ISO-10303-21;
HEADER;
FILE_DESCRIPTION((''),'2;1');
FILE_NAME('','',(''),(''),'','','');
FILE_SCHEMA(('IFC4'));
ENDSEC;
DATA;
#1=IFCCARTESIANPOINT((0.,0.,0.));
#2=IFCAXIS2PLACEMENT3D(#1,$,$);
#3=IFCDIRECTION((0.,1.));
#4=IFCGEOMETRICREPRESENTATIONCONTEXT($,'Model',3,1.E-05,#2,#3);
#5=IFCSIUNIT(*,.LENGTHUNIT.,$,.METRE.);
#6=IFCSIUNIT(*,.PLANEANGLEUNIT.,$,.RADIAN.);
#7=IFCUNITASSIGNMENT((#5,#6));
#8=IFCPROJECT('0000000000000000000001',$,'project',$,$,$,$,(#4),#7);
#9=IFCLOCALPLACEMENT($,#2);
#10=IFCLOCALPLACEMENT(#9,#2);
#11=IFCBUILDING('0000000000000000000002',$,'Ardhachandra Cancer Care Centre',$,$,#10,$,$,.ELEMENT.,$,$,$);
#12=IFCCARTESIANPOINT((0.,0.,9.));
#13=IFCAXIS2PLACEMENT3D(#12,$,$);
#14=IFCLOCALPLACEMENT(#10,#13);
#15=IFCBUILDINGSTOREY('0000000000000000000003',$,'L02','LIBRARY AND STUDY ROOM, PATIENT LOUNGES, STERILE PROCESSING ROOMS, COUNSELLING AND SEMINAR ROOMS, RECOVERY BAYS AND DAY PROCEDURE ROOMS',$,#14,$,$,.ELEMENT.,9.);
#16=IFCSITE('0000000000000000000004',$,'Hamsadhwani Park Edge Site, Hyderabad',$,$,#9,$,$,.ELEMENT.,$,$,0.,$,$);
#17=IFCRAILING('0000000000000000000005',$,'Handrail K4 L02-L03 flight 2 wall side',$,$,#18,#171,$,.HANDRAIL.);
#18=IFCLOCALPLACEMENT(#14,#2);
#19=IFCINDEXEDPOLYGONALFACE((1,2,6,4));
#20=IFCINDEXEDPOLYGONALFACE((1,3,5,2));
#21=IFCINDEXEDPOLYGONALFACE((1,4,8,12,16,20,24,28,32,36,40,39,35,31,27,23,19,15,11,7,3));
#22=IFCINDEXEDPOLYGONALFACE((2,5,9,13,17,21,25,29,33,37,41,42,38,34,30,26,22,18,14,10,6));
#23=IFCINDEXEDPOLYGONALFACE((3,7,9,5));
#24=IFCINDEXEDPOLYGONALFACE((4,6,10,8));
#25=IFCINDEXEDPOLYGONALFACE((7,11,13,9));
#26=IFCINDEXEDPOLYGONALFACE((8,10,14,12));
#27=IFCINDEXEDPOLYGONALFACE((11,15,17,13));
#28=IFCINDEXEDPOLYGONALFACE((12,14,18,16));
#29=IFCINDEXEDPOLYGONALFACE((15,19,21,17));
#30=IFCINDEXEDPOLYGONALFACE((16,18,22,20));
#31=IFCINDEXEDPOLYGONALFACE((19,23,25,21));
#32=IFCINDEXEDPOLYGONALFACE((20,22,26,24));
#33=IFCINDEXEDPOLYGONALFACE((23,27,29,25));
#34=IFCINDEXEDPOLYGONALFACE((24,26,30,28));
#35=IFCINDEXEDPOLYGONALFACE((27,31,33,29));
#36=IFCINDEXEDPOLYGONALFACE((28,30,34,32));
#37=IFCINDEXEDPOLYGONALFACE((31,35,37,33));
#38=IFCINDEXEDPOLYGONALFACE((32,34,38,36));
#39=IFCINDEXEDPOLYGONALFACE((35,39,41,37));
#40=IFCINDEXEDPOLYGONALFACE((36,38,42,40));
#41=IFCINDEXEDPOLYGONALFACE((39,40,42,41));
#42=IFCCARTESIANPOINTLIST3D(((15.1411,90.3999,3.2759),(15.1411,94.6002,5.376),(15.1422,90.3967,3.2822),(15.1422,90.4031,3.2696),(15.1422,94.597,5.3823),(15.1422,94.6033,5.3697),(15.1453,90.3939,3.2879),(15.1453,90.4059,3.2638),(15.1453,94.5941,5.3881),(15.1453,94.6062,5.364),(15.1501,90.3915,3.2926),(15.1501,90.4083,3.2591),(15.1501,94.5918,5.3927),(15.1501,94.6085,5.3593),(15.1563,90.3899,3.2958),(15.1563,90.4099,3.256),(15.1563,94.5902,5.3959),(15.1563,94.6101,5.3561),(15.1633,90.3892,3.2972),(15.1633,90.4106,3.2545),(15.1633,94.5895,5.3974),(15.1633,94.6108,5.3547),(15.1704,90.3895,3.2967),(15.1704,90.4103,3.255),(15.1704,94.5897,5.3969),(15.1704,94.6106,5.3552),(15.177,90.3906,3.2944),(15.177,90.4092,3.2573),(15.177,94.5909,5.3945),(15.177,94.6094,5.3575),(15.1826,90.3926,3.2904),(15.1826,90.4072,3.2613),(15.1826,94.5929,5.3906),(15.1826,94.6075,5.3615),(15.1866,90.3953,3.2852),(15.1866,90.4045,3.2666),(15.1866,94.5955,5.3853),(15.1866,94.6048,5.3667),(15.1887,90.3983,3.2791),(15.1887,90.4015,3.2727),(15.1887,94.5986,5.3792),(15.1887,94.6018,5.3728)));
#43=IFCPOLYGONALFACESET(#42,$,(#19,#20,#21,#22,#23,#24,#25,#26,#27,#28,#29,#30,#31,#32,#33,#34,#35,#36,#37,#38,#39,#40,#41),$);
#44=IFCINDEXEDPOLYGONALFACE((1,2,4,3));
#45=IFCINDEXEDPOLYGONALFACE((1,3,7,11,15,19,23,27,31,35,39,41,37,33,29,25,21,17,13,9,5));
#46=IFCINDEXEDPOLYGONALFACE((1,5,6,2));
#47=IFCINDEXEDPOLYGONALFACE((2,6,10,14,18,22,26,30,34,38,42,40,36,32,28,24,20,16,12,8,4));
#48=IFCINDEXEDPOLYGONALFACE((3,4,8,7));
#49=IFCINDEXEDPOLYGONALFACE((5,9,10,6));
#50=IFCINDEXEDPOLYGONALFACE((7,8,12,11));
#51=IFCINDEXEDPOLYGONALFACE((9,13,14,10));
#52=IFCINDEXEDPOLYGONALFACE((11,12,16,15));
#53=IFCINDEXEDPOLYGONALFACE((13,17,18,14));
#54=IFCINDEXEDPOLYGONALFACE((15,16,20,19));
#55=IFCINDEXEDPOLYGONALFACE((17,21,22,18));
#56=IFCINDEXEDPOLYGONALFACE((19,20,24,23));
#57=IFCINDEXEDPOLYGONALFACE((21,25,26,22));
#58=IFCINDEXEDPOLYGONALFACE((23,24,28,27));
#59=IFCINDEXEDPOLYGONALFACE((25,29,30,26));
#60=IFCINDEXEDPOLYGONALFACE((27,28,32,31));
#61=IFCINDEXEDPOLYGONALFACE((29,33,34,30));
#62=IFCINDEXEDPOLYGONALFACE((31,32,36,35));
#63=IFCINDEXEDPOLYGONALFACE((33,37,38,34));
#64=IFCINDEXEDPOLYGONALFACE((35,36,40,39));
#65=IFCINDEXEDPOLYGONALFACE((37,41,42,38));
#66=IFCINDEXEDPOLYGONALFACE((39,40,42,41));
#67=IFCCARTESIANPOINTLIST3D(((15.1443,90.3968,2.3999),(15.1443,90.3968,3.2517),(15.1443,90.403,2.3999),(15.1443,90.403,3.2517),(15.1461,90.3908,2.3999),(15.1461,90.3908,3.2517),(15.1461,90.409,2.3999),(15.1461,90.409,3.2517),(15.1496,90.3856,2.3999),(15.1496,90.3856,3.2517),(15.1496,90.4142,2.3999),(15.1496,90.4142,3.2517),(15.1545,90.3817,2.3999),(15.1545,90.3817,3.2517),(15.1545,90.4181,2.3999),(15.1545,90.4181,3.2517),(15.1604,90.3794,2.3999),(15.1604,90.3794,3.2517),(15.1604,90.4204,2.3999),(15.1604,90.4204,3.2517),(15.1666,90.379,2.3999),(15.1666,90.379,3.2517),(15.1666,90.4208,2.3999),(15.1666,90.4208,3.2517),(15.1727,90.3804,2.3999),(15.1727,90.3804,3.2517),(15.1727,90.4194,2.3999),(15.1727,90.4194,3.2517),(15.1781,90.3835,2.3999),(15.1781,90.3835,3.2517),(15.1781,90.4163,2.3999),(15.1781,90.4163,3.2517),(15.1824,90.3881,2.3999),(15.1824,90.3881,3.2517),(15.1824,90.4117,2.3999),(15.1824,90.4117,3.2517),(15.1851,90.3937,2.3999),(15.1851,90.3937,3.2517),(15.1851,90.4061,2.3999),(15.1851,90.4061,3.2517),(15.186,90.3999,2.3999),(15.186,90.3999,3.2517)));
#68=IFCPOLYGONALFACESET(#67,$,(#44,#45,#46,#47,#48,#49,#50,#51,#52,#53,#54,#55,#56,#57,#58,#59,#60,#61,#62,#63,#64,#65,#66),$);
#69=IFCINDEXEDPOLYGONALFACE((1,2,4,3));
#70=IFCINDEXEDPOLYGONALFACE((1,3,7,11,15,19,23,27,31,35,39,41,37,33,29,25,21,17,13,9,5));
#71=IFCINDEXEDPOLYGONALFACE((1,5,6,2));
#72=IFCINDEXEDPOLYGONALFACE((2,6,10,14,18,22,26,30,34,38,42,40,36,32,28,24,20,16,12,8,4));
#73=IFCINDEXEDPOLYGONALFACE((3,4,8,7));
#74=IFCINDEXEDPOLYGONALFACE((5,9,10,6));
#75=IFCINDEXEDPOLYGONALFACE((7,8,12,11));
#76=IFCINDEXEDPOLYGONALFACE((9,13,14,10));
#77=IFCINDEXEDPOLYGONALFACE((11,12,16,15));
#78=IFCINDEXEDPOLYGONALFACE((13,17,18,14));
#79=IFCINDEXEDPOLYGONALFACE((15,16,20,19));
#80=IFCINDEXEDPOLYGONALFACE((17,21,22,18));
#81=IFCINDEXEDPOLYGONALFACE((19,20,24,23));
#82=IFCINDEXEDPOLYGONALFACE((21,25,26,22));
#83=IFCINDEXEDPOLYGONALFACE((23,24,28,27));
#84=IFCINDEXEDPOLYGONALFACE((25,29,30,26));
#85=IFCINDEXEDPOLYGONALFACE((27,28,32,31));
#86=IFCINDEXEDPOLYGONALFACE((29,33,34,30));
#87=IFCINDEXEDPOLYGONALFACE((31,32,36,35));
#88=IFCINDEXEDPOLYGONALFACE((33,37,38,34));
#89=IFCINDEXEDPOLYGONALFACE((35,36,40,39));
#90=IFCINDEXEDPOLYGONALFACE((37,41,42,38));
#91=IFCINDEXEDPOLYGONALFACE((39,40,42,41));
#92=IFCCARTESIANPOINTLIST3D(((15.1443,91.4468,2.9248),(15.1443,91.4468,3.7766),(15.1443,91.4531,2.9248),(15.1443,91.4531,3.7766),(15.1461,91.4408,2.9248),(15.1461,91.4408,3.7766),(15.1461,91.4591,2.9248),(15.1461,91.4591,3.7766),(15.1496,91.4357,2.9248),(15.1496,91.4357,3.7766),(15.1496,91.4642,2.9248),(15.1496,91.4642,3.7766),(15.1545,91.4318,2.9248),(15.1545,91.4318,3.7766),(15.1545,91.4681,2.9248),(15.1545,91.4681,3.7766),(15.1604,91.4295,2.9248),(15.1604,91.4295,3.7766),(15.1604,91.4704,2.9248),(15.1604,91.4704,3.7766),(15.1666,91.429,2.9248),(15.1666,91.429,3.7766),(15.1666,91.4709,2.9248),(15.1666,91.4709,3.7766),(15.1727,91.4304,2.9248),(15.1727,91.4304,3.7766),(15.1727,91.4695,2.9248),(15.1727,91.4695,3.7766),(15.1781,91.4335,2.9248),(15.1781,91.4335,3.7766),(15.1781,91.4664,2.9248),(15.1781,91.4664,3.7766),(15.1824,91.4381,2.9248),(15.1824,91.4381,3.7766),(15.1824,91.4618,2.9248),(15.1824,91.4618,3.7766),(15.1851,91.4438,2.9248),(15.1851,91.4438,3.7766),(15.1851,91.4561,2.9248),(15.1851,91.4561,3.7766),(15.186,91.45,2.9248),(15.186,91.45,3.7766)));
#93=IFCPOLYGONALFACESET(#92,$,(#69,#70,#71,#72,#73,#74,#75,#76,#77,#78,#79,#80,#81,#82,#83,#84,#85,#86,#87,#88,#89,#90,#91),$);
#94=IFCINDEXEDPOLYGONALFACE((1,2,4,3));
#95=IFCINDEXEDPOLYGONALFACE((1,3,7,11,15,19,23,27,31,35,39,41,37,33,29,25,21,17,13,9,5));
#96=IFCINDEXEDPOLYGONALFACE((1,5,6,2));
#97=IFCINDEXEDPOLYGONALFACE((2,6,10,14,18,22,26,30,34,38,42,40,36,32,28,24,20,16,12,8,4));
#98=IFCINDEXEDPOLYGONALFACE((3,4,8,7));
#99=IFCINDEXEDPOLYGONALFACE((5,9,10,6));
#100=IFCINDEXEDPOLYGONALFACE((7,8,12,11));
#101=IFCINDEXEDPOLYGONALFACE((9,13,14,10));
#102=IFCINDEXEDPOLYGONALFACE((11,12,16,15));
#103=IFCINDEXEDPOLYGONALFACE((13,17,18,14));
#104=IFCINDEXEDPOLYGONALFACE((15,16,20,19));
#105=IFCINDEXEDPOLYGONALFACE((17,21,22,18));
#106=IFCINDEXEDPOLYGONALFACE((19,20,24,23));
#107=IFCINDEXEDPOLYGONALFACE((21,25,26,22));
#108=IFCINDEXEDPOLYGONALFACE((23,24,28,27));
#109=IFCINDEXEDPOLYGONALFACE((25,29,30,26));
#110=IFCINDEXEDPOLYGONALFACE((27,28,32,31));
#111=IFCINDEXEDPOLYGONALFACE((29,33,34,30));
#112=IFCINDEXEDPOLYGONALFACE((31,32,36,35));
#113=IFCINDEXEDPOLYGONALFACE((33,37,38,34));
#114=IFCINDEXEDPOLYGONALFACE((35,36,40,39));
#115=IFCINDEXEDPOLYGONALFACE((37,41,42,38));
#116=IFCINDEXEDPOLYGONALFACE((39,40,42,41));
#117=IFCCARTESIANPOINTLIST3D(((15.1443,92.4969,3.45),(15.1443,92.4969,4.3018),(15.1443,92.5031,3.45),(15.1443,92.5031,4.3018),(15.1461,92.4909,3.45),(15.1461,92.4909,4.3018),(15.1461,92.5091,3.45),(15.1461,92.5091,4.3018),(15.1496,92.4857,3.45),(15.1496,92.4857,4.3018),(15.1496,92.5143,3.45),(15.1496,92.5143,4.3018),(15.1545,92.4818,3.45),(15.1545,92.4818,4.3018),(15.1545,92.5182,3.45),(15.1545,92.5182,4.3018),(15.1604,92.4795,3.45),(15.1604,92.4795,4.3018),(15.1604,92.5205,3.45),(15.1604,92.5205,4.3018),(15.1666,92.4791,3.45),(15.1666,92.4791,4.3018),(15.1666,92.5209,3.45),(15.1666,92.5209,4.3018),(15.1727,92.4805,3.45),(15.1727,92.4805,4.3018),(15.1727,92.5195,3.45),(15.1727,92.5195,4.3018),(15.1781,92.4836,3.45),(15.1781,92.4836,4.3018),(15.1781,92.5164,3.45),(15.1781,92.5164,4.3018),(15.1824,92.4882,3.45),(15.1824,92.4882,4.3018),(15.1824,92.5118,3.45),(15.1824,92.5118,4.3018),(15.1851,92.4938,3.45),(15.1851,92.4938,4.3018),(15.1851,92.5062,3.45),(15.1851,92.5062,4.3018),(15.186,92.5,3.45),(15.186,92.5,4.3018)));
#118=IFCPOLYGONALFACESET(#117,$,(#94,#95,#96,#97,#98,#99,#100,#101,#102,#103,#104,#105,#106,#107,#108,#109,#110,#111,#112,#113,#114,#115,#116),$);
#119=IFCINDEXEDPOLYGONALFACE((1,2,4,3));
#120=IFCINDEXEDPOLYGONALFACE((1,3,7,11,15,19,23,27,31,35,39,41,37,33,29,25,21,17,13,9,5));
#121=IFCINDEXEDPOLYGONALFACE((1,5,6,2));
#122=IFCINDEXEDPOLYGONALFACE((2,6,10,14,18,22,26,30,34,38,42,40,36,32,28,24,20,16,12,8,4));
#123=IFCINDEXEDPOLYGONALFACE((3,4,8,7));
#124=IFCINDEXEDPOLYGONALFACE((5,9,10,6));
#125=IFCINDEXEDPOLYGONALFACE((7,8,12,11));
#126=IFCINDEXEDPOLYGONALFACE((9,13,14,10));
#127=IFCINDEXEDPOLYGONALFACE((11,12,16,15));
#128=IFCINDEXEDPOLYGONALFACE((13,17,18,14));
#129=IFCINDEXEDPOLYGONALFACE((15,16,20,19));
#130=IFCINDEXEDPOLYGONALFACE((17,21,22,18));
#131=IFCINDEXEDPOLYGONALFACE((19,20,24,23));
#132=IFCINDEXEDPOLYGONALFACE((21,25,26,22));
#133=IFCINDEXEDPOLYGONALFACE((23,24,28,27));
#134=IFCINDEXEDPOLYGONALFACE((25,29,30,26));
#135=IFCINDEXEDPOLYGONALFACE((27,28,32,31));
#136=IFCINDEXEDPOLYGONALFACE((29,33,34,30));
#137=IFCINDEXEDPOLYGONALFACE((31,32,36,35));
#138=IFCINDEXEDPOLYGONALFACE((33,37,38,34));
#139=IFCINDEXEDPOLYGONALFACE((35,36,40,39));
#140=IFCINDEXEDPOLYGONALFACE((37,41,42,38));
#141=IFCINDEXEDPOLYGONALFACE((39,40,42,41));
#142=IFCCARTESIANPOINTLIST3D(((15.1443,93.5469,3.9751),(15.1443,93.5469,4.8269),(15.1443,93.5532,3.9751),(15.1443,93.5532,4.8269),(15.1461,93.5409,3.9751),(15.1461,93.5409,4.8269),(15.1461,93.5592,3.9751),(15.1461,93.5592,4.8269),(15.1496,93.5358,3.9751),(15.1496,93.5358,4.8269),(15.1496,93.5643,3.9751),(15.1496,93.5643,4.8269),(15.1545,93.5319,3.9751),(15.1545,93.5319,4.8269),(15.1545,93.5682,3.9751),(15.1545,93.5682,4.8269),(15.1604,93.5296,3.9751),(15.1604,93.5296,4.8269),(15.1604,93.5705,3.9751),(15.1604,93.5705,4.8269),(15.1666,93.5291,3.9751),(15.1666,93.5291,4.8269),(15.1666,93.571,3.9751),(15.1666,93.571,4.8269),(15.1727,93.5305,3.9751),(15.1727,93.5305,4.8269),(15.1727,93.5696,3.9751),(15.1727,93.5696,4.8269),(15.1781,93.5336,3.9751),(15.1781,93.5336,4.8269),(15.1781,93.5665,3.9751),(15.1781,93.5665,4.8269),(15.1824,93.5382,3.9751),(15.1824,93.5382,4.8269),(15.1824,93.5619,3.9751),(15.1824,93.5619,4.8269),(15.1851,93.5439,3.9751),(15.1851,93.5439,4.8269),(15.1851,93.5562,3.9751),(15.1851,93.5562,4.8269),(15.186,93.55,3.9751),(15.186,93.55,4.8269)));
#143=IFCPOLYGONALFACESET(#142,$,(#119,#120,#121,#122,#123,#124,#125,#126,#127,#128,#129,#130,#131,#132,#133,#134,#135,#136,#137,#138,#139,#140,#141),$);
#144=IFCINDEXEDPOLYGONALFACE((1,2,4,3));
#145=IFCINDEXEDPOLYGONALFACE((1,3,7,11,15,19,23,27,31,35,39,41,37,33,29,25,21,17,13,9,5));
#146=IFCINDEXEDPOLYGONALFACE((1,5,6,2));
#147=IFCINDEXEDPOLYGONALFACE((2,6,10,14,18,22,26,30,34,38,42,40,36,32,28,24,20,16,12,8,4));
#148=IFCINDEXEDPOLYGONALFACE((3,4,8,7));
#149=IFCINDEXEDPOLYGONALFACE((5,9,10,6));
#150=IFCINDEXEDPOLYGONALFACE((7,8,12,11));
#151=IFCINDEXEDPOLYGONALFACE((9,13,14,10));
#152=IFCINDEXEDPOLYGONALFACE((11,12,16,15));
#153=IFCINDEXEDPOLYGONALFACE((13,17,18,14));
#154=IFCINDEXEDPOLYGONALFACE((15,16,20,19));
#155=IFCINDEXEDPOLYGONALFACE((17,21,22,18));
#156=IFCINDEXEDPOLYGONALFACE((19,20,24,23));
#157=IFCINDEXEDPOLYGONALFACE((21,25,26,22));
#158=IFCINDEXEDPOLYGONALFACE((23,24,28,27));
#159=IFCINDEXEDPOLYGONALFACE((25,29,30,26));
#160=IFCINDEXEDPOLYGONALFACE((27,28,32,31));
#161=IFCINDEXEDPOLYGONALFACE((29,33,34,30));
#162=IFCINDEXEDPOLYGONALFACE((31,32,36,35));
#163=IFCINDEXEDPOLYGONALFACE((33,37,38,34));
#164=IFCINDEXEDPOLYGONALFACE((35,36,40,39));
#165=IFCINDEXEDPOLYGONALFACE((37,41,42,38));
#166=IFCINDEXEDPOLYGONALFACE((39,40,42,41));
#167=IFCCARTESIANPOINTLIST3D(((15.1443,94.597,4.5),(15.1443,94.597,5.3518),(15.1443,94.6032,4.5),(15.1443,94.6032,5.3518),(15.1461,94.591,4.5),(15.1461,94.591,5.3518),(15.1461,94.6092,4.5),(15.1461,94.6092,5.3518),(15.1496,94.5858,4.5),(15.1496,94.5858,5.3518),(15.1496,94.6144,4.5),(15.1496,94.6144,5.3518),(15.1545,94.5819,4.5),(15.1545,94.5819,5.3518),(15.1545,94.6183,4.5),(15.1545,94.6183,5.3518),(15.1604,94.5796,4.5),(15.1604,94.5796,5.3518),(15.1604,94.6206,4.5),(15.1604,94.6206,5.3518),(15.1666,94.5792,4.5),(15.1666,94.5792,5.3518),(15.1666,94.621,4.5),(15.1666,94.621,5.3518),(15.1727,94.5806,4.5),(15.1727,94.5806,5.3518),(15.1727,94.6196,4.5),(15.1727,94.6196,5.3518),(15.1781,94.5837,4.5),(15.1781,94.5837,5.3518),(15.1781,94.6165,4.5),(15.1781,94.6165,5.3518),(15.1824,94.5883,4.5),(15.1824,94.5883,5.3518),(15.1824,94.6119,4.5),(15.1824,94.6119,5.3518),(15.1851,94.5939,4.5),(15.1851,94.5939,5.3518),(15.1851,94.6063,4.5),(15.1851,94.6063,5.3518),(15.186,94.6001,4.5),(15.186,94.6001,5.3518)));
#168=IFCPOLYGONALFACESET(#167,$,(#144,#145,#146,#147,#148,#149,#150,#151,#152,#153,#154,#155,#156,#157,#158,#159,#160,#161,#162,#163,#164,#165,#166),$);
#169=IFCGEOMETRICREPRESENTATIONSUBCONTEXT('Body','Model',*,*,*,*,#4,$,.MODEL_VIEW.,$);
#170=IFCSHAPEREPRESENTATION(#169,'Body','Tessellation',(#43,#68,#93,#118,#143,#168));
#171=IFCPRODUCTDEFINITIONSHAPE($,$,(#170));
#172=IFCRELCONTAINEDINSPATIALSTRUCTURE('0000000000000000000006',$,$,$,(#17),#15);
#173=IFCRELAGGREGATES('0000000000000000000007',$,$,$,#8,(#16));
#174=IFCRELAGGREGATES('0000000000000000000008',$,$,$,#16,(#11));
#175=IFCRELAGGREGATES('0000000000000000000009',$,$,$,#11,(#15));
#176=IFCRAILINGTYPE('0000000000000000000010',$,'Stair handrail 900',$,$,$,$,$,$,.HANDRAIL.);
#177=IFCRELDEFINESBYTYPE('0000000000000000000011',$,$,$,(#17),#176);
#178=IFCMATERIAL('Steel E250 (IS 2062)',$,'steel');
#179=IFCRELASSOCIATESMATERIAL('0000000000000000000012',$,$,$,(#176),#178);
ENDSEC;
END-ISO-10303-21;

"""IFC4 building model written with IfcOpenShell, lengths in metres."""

from ifc_helpers import new_model, si_unit, direction, frame, origin, origin_2d, place, context, subcontext, project, spatial, circle, extrude, material, type_object, element, save


model = new_model("IFC4")

# Units and contexts
model_context = context("Model", 3, precision=1e-05, world=origin(), true_north=direction((0.0, 1.0)))
body_context = subcontext(model_context, "Body", "Model", "MODEL_VIEW")
ifc_project = project(units=[si_unit("LENGTHUNIT", "METRE"), si_unit("PLANEANGLEUNIT", "RADIAN")], contexts=[model_context])

# Site, building, storey
site_placement = place(None, origin())
site = spatial("IfcSite", under=ifc_project, at=site_placement, Name="Hamsadhwani Park Edge Site, Hyderabad", CompositionType="ELEMENT", RefElevation=0.0)
building_placement = place(site_placement, origin())
building = spatial("IfcBuilding", under=site, at=building_placement, Name="Ardhachandra Cancer Care Centre", CompositionType="ELEMENT")
storey_placement = place(building_placement, frame((0.0, 0.0, 9.0)))
storey = spatial("IfcBuildingStorey", under=building, at=storey_placement, Name="L02", Description="LIBRARY AND STUDY ROOM, PATIENT LOUNGES, STERILE PROCESSING ROOMS, COUNSELLING AND SEMINAR ROOMS, RECOVERY BAYS AND DAY PROCEDURE ROOMS", CompositionType="ELEMENT", Elevation=9.0)

# Railing
ifc_material_1 = material(Name="Steel E250 (IS 2062)", Category="steel")
railing_type = type_object("IfcRailingType", Name="Stair handrail 900", PredefinedType="HANDRAIL", material=ifc_material_1)
for number, where, name in (
    (1, (15.165, 90.3999, 2.3999), "Handrail K4 L02-L03 flight 2 wall side"),
):
    element("IfcRailing", number, at=place(storey_placement, frame(where)), inside=storey, type_object=railing_type, Name=name, PredefinedType="HANDRAIL", context=body_context, shape_type="SweptSolid", body=[
        extrude(circle(Radius=0.0239, at=origin_2d()), frame((0.0, 0.0, 0.876), z_axis=(0.0, 0.894427, 0.447214), x_axis=(-1.0, 0.0, 0.0)), (0.0, 0.0, 1.0), 4.696),
        extrude(circle(Radius=0.021, at=origin_2d()), origin(), (0.0, 0.0, 1.0), 0.8518),
        extrude(circle(Radius=0.021, at=origin_2d()), frame((0.0, 1.05, 0.5249)), (0.0, 0.0, 1.0), 0.8518),
        extrude(circle(Radius=0.021, at=origin_2d()), frame((0.0, 2.1001, 1.05)), (0.0, 0.0, 1.0), 0.8518),
        extrude(circle(Radius=0.021, at=origin_2d()), frame((0.0, 3.1501, 1.5752)), (0.0, 0.0, 1.0), 0.8518),
        extrude(circle(Radius=0.021, at=origin_2d()), frame((0.0, 4.2002, 2.1001)), (0.0, 0.0, 1.0), 0.8518),
    ])

save(model, "model.ifc")
